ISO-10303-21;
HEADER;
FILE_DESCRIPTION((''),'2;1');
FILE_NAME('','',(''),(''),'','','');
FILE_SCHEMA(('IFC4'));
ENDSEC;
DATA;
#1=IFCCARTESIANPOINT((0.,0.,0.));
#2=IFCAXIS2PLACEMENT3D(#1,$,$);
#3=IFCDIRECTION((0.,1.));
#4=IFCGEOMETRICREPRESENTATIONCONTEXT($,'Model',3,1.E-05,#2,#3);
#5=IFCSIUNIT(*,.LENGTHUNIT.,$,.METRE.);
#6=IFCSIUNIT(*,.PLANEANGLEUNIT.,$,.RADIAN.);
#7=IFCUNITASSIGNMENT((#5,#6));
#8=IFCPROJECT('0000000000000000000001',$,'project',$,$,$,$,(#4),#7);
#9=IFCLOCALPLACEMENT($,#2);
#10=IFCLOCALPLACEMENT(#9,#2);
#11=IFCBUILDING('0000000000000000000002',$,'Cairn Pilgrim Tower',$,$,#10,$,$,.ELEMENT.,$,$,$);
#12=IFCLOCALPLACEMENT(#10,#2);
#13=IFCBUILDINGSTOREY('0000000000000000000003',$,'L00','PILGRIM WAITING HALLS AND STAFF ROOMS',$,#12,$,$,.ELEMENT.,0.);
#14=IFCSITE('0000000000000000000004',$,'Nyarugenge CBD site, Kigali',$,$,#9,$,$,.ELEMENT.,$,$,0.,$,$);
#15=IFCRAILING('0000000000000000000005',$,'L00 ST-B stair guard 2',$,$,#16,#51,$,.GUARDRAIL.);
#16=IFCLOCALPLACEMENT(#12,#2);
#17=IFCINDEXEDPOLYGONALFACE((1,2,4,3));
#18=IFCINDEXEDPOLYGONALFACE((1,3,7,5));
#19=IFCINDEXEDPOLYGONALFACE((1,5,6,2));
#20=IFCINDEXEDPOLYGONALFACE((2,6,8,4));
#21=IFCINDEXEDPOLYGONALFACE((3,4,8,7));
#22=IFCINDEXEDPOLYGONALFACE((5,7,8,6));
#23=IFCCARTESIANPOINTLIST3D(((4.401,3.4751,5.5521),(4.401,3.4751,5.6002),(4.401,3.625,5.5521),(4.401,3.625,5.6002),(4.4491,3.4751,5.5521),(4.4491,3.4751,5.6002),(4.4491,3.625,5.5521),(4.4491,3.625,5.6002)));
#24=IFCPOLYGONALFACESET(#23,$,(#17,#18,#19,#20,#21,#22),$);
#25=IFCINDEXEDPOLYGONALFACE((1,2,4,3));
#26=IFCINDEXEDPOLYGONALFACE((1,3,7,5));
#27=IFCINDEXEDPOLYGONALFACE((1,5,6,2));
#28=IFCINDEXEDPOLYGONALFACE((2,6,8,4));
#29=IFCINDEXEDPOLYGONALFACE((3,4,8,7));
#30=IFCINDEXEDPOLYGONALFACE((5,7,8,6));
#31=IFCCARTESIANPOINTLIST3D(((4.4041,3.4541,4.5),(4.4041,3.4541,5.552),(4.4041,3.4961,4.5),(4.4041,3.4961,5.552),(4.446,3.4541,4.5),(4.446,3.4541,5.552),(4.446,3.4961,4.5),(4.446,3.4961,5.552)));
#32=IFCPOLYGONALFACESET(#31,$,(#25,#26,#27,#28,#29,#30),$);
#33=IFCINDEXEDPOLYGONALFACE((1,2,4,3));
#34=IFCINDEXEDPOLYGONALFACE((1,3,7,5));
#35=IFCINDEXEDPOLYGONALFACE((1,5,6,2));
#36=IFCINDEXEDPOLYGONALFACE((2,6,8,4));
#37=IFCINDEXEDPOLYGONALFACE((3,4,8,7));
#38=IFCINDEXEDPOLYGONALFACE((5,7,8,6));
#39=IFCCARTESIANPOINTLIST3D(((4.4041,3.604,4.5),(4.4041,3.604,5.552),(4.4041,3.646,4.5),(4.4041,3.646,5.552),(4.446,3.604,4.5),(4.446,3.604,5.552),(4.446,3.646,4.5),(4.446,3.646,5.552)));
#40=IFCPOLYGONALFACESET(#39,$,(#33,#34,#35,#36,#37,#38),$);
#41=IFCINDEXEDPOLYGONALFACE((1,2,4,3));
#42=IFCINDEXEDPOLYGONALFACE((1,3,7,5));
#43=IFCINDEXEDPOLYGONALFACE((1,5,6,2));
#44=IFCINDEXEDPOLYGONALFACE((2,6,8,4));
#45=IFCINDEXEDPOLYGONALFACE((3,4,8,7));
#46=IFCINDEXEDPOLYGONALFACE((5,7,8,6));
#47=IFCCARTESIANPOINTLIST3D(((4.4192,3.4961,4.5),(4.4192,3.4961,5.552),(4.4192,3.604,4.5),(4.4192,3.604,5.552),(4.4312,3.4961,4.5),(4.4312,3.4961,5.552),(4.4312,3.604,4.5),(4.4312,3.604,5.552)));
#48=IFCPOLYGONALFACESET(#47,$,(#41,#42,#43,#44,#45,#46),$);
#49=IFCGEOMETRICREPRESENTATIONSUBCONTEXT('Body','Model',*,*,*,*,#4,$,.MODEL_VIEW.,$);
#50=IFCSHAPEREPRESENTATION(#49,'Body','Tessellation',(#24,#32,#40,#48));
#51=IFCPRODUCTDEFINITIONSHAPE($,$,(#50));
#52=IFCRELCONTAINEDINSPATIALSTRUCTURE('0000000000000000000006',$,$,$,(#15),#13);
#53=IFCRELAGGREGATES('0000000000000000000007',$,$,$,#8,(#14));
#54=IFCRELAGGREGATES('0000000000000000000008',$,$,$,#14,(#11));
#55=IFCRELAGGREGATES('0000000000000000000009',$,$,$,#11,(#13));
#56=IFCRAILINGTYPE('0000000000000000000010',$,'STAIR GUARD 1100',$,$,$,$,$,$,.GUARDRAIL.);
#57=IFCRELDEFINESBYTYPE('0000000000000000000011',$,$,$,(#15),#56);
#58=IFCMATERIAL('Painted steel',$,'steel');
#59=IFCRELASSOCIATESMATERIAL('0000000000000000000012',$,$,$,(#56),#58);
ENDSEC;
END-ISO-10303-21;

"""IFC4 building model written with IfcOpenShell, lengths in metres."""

from ifc_helpers import new_model, si_unit, direction, frame, origin, origin_2d, place, context, subcontext, project, spatial, polyline, rectangle, outline, extrude, material, type_object, element, save


model = new_model("IFC4")

# Units and contexts
model_context = context("Model", 3, precision=1e-05, world=origin(), true_north=direction((0.0, 1.0)))
body_context = subcontext(model_context, "Body", "Model", "MODEL_VIEW")
ifc_project = project(units=[si_unit("LENGTHUNIT", "METRE"), si_unit("PLANEANGLEUNIT", "RADIAN")], contexts=[model_context])

# Site, building, storey
site_placement = place(None, origin())
site = spatial("IfcSite", under=ifc_project, at=site_placement, Name="Nyarugenge CBD site, Kigali", CompositionType="ELEMENT", RefElevation=0.0)
building_placement = place(site_placement, origin())
building = spatial("IfcBuilding", under=site, at=building_placement, Name="Cairn Pilgrim Tower", CompositionType="ELEMENT")
storey_placement = place(building_placement, origin())
storey = spatial("IfcBuildingStorey", under=building, at=storey_placement, Name="L00", Description="PILGRIM WAITING HALLS AND STAFF ROOMS", CompositionType="ELEMENT", Elevation=0.0)

# Shared definitions
ifc_material_1 = material(Name="Painted steel", Category="steel")

# Railing
railing_type_1 = type_object("IfcRailingType", Name="STAIR GUARD 1100", PredefinedType="GUARDRAIL", material=ifc_material_1)
railing_1_placement = place(storey_placement, frame((4.425, 3.4751, 4.5)))
element("IfcRailing", 1, at=railing_1_placement, inside=storey, type_object=railing_type_1, Name="L00 ST-B stair guard 2", PredefinedType="GUARDRAIL", context=body_context, shape_type="SweptSolid", body=[
    extrude(rectangle(XDim=0.0481, YDim=0.0481, at=origin_2d()), frame((0.0, 0.0, 1.0762), z_axis=(0.0, 1.0, 0.0), x_axis=(-1.0, 0.0, 0.0)), (0.0, 0.0, 1.0), 0.1499),
    extrude(rectangle(XDim=0.042, YDim=0.042, at=origin_2d()), origin(), (0.0, 0.0, 1.0), 1.052),
    extrude(rectangle(XDim=0.042, YDim=0.042, at=origin_2d()), frame((0.0, 0.1499, 0.0)), (0.0, 0.0, 1.0), 1.052),
    extrude(outline(polyline([(0.021, 0.0), (0.1289, 0.0), (0.1289, 1.052), (0.021, 1.052), (0.021, 0.0)])), frame((-0.0059, 0.0, 0.0), z_axis=(1.0, 0.0, 0.0), x_axis=(0.0, 1.0, 0.0)), (0.0, 0.0, 1.0), 0.012),
])

save(model, "model.ifc")
